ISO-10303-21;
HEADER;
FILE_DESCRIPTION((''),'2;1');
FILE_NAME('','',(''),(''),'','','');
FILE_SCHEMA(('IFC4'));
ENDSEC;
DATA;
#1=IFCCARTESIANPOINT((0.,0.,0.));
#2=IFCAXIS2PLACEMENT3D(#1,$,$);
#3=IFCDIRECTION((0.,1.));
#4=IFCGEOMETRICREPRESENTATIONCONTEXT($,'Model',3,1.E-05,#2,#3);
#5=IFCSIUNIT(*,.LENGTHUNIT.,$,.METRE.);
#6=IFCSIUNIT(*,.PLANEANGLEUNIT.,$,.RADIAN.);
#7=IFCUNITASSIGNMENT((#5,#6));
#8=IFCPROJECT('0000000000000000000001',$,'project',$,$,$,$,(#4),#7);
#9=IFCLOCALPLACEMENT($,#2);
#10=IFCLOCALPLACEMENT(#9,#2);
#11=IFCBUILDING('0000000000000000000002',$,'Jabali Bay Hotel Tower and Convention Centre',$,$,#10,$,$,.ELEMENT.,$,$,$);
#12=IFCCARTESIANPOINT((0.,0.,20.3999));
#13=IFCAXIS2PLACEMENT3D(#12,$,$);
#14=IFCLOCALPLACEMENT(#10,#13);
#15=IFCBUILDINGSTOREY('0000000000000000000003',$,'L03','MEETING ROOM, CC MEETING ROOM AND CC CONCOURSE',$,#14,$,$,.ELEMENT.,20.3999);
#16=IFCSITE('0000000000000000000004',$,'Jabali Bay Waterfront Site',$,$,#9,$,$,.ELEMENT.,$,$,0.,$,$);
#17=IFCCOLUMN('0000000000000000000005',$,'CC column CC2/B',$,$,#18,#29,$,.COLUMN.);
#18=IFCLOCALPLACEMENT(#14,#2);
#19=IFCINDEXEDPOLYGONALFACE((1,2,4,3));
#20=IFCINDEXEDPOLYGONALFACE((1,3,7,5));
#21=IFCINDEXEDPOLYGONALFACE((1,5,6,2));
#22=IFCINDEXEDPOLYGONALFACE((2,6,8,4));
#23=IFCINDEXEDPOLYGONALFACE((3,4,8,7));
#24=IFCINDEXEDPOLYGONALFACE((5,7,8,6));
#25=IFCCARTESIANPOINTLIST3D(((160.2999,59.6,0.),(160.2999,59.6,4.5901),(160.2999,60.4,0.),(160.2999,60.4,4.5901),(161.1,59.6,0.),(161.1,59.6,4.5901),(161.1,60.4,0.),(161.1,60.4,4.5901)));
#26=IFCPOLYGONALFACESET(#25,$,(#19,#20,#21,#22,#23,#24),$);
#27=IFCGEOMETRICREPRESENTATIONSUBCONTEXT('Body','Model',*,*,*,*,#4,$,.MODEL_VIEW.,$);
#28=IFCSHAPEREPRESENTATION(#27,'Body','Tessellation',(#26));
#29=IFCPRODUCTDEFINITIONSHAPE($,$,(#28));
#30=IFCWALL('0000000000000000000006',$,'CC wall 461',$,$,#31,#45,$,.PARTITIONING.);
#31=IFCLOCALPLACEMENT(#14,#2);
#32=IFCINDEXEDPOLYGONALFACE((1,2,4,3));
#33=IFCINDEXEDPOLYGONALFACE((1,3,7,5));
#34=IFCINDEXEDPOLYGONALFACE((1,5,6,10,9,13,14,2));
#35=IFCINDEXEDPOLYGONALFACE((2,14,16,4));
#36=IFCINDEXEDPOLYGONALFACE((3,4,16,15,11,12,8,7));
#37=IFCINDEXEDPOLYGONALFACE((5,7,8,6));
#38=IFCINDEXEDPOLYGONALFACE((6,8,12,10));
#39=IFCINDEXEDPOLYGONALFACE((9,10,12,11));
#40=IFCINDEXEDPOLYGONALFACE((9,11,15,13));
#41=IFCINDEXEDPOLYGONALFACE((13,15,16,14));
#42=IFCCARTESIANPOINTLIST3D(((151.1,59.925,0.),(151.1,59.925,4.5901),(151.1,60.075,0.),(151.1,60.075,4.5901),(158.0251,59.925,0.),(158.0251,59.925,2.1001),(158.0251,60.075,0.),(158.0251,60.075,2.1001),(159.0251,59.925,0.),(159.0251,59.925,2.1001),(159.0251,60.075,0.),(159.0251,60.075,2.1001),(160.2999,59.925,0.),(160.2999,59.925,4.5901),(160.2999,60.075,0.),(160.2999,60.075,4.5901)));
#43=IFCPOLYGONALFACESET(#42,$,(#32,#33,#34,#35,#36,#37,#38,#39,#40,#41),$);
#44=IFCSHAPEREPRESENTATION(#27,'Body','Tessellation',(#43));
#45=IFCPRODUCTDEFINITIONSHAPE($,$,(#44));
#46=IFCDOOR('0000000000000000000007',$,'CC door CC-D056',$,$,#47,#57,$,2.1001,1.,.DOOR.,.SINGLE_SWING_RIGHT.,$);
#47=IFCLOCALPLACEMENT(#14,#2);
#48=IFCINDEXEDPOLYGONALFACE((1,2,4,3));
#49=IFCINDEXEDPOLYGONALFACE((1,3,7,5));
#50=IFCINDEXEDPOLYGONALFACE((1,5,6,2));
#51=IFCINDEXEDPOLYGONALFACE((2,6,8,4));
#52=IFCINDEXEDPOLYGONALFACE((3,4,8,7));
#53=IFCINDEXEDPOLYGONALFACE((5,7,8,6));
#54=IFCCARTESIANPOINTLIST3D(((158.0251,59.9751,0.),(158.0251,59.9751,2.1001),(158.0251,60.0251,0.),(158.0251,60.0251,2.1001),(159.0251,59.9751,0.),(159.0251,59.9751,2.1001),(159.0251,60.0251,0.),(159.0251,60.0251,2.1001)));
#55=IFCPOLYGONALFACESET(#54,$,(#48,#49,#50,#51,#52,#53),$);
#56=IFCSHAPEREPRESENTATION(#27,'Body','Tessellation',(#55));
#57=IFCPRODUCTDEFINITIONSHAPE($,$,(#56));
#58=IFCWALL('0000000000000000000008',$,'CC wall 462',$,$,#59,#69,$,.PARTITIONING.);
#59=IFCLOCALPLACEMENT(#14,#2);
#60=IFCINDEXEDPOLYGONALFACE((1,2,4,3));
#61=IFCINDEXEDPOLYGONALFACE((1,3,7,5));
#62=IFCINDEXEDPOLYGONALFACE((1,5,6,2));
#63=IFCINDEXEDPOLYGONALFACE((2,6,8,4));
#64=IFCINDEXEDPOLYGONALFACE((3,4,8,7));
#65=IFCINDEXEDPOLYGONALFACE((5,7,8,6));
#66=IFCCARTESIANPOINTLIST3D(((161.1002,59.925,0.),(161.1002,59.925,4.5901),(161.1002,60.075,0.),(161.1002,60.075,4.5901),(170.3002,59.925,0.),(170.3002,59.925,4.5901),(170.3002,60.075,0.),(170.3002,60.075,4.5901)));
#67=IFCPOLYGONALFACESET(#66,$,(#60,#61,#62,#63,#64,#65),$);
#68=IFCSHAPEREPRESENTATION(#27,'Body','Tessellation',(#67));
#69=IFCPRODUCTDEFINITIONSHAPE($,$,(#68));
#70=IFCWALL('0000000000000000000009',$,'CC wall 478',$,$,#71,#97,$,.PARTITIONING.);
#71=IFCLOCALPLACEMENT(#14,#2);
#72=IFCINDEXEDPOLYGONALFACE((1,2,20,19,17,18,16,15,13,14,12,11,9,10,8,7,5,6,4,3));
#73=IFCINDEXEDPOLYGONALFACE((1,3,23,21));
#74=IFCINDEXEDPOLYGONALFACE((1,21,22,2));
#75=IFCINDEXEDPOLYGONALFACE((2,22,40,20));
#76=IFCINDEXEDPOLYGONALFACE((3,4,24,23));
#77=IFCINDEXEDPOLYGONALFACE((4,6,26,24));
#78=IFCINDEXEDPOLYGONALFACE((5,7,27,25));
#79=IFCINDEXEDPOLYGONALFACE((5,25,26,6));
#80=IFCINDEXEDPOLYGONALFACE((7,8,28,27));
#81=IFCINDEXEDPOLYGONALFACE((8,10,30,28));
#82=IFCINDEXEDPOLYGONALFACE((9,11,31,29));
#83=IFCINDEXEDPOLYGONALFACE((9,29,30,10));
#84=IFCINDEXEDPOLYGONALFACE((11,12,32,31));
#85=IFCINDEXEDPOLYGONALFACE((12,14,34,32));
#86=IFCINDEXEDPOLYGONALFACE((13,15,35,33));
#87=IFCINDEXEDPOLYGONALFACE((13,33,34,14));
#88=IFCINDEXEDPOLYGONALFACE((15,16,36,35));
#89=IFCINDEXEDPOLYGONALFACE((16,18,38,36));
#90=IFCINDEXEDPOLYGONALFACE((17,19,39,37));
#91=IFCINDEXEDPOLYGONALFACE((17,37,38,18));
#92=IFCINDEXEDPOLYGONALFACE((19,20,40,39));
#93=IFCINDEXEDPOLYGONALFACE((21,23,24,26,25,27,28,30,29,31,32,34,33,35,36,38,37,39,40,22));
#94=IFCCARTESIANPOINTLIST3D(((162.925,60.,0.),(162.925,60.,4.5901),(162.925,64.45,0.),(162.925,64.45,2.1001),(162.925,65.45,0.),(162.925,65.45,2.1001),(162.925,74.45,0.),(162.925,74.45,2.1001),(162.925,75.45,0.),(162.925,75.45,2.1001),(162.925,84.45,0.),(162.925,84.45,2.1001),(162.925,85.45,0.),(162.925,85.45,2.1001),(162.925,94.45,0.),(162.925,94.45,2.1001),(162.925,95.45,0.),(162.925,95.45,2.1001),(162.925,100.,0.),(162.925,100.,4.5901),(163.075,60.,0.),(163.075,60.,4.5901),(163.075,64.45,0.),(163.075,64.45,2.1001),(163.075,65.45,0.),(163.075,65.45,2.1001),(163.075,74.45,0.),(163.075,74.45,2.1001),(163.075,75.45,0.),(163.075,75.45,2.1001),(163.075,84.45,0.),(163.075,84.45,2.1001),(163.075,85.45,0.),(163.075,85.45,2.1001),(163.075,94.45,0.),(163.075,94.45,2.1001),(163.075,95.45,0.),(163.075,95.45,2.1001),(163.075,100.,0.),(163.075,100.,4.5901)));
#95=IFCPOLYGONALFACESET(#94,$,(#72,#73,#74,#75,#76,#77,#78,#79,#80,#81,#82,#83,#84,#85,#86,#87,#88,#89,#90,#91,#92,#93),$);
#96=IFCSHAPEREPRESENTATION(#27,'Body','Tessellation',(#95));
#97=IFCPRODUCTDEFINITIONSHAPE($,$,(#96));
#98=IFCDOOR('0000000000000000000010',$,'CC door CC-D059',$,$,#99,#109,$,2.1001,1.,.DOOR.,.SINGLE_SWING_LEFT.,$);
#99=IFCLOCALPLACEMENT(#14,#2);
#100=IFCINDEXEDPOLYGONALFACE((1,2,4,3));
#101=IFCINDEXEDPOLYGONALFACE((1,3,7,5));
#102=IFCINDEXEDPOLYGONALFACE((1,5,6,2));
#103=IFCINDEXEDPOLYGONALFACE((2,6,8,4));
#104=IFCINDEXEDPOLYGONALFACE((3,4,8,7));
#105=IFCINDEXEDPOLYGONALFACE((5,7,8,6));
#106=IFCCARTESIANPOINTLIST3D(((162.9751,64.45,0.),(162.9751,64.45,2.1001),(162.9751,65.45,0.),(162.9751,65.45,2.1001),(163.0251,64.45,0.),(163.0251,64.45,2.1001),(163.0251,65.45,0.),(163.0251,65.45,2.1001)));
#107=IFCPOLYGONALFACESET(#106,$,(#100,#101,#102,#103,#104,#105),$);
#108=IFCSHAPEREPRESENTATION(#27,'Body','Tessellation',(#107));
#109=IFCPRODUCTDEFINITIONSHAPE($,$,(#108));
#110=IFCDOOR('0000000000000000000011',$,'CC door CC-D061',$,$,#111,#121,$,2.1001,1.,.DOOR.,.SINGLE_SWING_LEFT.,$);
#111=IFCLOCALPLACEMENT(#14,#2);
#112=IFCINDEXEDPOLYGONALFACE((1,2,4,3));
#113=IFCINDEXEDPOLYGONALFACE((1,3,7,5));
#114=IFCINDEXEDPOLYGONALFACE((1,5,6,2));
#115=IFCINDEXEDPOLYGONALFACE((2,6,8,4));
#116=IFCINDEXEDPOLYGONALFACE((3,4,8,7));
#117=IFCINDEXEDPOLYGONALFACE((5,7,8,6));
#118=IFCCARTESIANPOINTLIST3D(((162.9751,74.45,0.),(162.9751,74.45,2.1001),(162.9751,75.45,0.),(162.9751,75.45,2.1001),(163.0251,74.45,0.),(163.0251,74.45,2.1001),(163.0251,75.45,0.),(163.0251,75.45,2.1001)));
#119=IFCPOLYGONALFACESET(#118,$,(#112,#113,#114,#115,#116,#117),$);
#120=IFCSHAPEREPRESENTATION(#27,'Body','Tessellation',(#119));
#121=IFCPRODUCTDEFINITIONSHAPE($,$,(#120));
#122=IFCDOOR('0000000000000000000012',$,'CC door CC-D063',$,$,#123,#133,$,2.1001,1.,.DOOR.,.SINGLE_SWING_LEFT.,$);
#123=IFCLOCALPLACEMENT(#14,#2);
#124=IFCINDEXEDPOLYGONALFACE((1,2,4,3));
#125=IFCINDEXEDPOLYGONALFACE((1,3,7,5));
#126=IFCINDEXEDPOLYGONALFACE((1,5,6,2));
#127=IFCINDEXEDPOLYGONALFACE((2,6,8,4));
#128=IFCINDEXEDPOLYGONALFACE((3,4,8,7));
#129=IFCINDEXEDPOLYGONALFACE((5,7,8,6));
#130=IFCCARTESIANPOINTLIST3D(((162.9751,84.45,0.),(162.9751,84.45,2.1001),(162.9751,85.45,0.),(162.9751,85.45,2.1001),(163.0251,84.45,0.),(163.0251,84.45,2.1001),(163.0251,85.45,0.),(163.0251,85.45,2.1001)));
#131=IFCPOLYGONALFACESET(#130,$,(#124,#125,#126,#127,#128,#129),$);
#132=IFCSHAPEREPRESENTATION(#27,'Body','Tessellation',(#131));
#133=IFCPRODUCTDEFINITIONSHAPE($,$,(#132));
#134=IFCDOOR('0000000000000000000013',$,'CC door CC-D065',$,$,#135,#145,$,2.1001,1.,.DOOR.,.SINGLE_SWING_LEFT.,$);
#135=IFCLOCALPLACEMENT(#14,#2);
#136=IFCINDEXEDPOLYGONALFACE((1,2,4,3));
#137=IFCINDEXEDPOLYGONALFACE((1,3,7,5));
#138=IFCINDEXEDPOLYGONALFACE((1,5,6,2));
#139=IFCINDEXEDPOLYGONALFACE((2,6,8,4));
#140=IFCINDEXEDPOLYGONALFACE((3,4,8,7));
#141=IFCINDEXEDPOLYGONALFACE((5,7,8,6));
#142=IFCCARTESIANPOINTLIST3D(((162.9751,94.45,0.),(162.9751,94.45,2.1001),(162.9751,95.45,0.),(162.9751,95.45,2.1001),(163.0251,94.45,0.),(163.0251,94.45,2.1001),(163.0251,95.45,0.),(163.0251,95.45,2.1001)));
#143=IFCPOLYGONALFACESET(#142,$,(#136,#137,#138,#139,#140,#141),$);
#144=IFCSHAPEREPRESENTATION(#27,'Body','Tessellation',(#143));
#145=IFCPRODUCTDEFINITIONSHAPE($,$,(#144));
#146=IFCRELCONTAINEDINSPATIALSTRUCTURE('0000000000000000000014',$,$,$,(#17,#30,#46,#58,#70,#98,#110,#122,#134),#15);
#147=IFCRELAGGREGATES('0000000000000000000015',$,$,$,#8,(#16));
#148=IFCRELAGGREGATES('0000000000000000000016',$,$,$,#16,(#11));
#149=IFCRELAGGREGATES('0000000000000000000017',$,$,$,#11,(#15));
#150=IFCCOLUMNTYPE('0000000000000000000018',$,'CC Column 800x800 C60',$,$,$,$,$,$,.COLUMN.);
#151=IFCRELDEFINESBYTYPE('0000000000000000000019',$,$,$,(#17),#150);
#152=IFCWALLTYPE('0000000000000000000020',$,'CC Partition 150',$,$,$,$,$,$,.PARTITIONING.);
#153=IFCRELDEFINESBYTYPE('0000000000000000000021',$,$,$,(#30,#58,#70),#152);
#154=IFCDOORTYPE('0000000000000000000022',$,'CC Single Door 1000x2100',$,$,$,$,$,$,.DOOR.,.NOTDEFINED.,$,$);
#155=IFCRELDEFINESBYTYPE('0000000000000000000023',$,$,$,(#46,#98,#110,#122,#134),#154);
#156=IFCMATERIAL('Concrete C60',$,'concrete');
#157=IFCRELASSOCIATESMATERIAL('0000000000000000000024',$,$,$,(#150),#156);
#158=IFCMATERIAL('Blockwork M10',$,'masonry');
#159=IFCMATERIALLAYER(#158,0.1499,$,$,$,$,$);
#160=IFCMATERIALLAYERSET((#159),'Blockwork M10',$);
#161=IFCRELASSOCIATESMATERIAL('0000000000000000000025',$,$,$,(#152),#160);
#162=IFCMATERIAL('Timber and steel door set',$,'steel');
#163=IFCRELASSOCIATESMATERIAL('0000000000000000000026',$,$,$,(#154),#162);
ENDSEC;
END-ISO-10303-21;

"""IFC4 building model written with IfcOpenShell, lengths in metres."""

from ifc_helpers import new_model, si_unit, direction, frame, frame_2d, origin, origin_2d, place, context, subcontext, project, spatial, rectangle, extrude, material, layer, layer_set, material_profile, profile_set, type_object, element, fill, save


model = new_model("IFC4")

# Units and contexts
model_context = context("Model", 3, precision=1e-05, world=origin(), true_north=direction((0.0, 1.0)))
body_context = subcontext(model_context, "Body", "Model", "MODEL_VIEW")
ifc_project = project(units=[si_unit("LENGTHUNIT", "METRE"), si_unit("PLANEANGLEUNIT", "RADIAN")], contexts=[model_context])

# Site, building, storey
site_placement = place(None, origin())
site = spatial("IfcSite", under=ifc_project, at=site_placement, Name="Jabali Bay Waterfront Site", CompositionType="ELEMENT", RefElevation=0.0)
building_placement = place(site_placement, origin())
building = spatial("IfcBuilding", under=site, at=building_placement, Name="Jabali Bay Hotel Tower and Convention Centre", CompositionType="ELEMENT")
storey_placement = place(building_placement, frame((0.0, 0.0, 20.3999)))
storey = spatial("IfcBuildingStorey", under=building, at=storey_placement, Name="L03", Description="MEETING ROOM, CC MEETING ROOM AND CC CONCOURSE", CompositionType="ELEMENT", Elevation=20.3999)

# Column
ifc_material_1 = material(Name="Concrete C60", Category="concrete")
ifc_material_profile = material_profile(ifc_material_1, rectangle(XDim=0.8, YDim=0.8, at=origin_2d()), Name="RC 800x800")
ifc_profile_set = profile_set([ifc_material_profile], Name="Concrete C60")
column_type = type_object("IfcColumnType", Name="CC Column 800x800 C60", PredefinedType="COLUMN", material=ifc_profile_set)
column_placement = place(storey_placement, frame((160.7, 60.0, 0.0), z_axis=(0.0, 0.0, 1.0), x_axis=(1.0, 0.0, 0.0)))
element("IfcColumn", 1, at=column_placement, inside=storey, type_object=column_type, Name="CC column CC2/B", PredefinedType="COLUMN", context=body_context, shape_type="SweptSolid", body=[
    extrude(rectangle(XDim=0.8, YDim=0.8, at=origin_2d()), origin(), (0.0, 0.0, 1.0), 4.5901),
])

# Wall, opening, door
ifc_material_2 = material(Name="Blockwork M10", Category="masonry")
ifc_layer_1 = layer(ifc_material_2, 0.1499)
ifc_layer_set_1 = layer_set([ifc_layer_1], Name="Blockwork M10")
wall_type_1 = type_object("IfcWallType", Name="CC Partition 150", PredefinedType="PARTITIONING", material=ifc_layer_set_1)
wall_1_placement = place(storey_placement, frame((160.3, 60.0, 0.0), z_axis=(0.0, 0.0, 1.0), x_axis=(-1.0, 0.0, 0.0)))
wall_1 = element("IfcWall", 2, at=wall_1_placement, inside=storey, type_object=wall_type_1, Name="CC wall 461", PredefinedType="PARTITIONING", context=body_context, shape_type="SweptSolid", body=[
    extrude(rectangle(XDim=9.2, YDim=0.1499, at=frame_2d((4.6001, 0.0))), origin(), (0.0, 0.0, 1.0), 4.5901),
])
opening_1_placement = place(wall_1_placement, frame((1.2749, 0.0, 0.0)))
opening_1 = element("IfcOpeningElement", 3, at=opening_1_placement, cuts=wall_1, PredefinedType="OPENING", context=body_context, shape_type="SweptSolid", body=[
    extrude(rectangle(XDim=1.0, YDim=2.1001, at=frame_2d((0.5, 1.05))), frame((0.0, 0.0854, 0.0), z_axis=(0.0, -1.0, 0.0), x_axis=(1.0, 0.0, 0.0)), (0.0, 0.0, 1.0), 0.1709),
])
ifc_material_3 = material(Name="Timber and steel door set", Category="steel")
door_type_1 = type_object("IfcDoorType", Name="CC Single Door 1000x2100", OperationType="NOTDEFINED", PredefinedType="DOOR", material=ifc_material_3)
door_1_placement = place(opening_1_placement, origin())
door_1 = element("IfcDoor", 4, at=door_1_placement, inside=storey, type_object=door_type_1, Name="CC door CC-D056", OperationType="SINGLE_SWING_RIGHT", OverallHeight=2.1001, OverallWidth=1.0, PredefinedType="DOOR", context=body_context, shape_type="SweptSolid", body=[
    extrude(rectangle(XDim=1.0, YDim=2.1001, at=frame_2d((0.5, 1.05))), frame((0.0, 0.0249, 0.0), z_axis=(0.0, -1.0, 0.0), x_axis=(1.0, 0.0, 0.0)), (0.0, 0.0, 1.0), 0.05),
])
fill(opening_1, door_1)

# Wall
wall_2_placement = place(storey_placement, frame((161.1001, 60.0, 0.0), z_axis=(0.0, 0.0, 1.0), x_axis=(1.0, 0.0, 0.0)))
element("IfcWall", 5, at=wall_2_placement, inside=storey, type_object=wall_type_1, Name="CC wall 462", PredefinedType="PARTITIONING", context=body_context, shape_type="SweptSolid", body=[
    extrude(rectangle(XDim=9.2, YDim=0.1499, at=frame_2d((4.6001, 0.0))), origin(), (0.0, 0.0, 1.0), 4.5901),
])

# Wall, openings, doors
wall_3_placement = place(storey_placement, frame((163.0, 60.0, 0.0), z_axis=(0.0, 0.0, 1.0), x_axis=(0.0, 1.0, 0.0)))
wall_3 = element("IfcWall", 6, at=wall_3_placement, inside=storey, type_object=wall_type_1, Name="CC wall 478", PredefinedType="PARTITIONING", context=body_context, shape_type="SweptSolid", body=[
    extrude(rectangle(XDim=40.0, YDim=0.1499, at=frame_2d((20.0, 0.0))), origin(), (0.0, 0.0, 1.0), 4.5901),
])
opening_2_placement = place(wall_3_placement, frame((4.45, 0.0, 0.0)))
opening_2 = element("IfcOpeningElement", 7, at=opening_2_placement, cuts=wall_3, PredefinedType="OPENING", context=body_context, shape_type="SweptSolid", body=[
    extrude(rectangle(XDim=1.0, YDim=2.1001, at=frame_2d((0.5, 1.05))), frame((0.0, 0.0854, 0.0), z_axis=(0.0, -1.0, 0.0), x_axis=(1.0, 0.0, 0.0)), (0.0, 0.0, 1.0), 0.1709),
])
opening_3_placement = place(wall_3_placement, frame((14.45, 0.0, 0.0)))
opening_3 = element("IfcOpeningElement", 8, at=opening_3_placement, cuts=wall_3, PredefinedType="OPENING", context=body_context, shape_type="SweptSolid", body=[
    extrude(rectangle(XDim=1.0, YDim=2.1001, at=frame_2d((0.5, 1.05))), frame((0.0, 0.0854, 0.0), z_axis=(0.0, -1.0, 0.0), x_axis=(1.0, 0.0, 0.0)), (0.0, 0.0, 1.0), 0.1709),
])
opening_4_placement = place(wall_3_placement, frame((24.45, 0.0, 0.0)))
opening_4 = element("IfcOpeningElement", 9, at=opening_4_placement, cuts=wall_3, PredefinedType="OPENING", context=body_context, shape_type="SweptSolid", body=[
    extrude(rectangle(XDim=1.0, YDim=2.1001, at=frame_2d((0.5, 1.05))), frame((0.0, 0.0854, 0.0), z_axis=(0.0, -1.0, 0.0), x_axis=(1.0, 0.0, 0.0)), (0.0, 0.0, 1.0), 0.1709),
])
opening_5_placement = place(wall_3_placement, frame((34.45, 0.0, 0.0)))
opening_5 = element("IfcOpeningElement", 10, at=opening_5_placement, cuts=wall_3, PredefinedType="OPENING", context=body_context, shape_type="SweptSolid", body=[
    extrude(rectangle(XDim=1.0, YDim=2.1001, at=frame_2d((0.5, 1.05))), frame((0.0, 0.0854, 0.0), z_axis=(0.0, -1.0, 0.0), x_axis=(1.0, 0.0, 0.0)), (0.0, 0.0, 1.0), 0.1709),
])
door_2_placement = place(opening_2_placement, origin())
door_2 = element("IfcDoor", 11, at=door_2_placement, inside=storey, type_object=door_type_1, Name="CC door CC-D059", OperationType="SINGLE_SWING_LEFT", OverallHeight=2.1001, OverallWidth=1.0, PredefinedType="DOOR", context=body_context, shape_type="SweptSolid", body=[
    extrude(rectangle(XDim=1.0, YDim=2.1001, at=frame_2d((0.5, 1.05))), frame((0.0, 0.0249, 0.0), z_axis=(0.0, -1.0, 0.0), x_axis=(1.0, 0.0, 0.0)), (0.0, 0.0, 1.0), 0.05),
])
fill(opening_2, door_2)
door_3_placement = place(opening_3_placement, origin())
door_3 = element("IfcDoor", 12, at=door_3_placement, inside=storey, type_object=door_type_1, Name="CC door CC-D061", OperationType="SINGLE_SWING_LEFT", OverallHeight=2.1001, OverallWidth=1.0, PredefinedType="DOOR", context=body_context, shape_type="SweptSolid", body=[
    extrude(rectangle(XDim=1.0, YDim=2.1001, at=frame_2d((0.5, 1.05))), frame((0.0, 0.0249, 0.0), z_axis=(0.0, -1.0, 0.0), x_axis=(1.0, 0.0, 0.0)), (0.0, 0.0, 1.0), 0.05),
])
fill(opening_3, door_3)
door_4_placement = place(opening_4_placement, origin())
door_4 = element("IfcDoor", 13, at=door_4_placement, inside=storey, type_object=door_type_1, Name="CC door CC-D063", OperationType="SINGLE_SWING_LEFT", OverallHeight=2.1001, OverallWidth=1.0, PredefinedType="DOOR", context=body_context, shape_type="SweptSolid", body=[
    extrude(rectangle(XDim=1.0, YDim=2.1001, at=frame_2d((0.5, 1.05))), frame((0.0, 0.0249, 0.0), z_axis=(0.0, -1.0, 0.0), x_axis=(1.0, 0.0, 0.0)), (0.0, 0.0, 1.0), 0.05),
])
fill(opening_4, door_4)
door_5_placement = place(opening_5_placement, origin())
door_5 = element("IfcDoor", 14, at=door_5_placement, inside=storey, type_object=door_type_1, Name="CC door CC-D065", OperationType="SINGLE_SWING_LEFT", OverallHeight=2.1001, OverallWidth=1.0, PredefinedType="DOOR", context=body_context, shape_type="SweptSolid", body=[
    extrude(rectangle(XDim=1.0, YDim=2.1001, at=frame_2d((0.5, 1.05))), frame((0.0, 0.0249, 0.0), z_axis=(0.0, -1.0, 0.0), x_axis=(1.0, 0.0, 0.0)), (0.0, 0.0, 1.0), 0.05),
])
fill(opening_5, door_5)

save(model, "model.ifc")
